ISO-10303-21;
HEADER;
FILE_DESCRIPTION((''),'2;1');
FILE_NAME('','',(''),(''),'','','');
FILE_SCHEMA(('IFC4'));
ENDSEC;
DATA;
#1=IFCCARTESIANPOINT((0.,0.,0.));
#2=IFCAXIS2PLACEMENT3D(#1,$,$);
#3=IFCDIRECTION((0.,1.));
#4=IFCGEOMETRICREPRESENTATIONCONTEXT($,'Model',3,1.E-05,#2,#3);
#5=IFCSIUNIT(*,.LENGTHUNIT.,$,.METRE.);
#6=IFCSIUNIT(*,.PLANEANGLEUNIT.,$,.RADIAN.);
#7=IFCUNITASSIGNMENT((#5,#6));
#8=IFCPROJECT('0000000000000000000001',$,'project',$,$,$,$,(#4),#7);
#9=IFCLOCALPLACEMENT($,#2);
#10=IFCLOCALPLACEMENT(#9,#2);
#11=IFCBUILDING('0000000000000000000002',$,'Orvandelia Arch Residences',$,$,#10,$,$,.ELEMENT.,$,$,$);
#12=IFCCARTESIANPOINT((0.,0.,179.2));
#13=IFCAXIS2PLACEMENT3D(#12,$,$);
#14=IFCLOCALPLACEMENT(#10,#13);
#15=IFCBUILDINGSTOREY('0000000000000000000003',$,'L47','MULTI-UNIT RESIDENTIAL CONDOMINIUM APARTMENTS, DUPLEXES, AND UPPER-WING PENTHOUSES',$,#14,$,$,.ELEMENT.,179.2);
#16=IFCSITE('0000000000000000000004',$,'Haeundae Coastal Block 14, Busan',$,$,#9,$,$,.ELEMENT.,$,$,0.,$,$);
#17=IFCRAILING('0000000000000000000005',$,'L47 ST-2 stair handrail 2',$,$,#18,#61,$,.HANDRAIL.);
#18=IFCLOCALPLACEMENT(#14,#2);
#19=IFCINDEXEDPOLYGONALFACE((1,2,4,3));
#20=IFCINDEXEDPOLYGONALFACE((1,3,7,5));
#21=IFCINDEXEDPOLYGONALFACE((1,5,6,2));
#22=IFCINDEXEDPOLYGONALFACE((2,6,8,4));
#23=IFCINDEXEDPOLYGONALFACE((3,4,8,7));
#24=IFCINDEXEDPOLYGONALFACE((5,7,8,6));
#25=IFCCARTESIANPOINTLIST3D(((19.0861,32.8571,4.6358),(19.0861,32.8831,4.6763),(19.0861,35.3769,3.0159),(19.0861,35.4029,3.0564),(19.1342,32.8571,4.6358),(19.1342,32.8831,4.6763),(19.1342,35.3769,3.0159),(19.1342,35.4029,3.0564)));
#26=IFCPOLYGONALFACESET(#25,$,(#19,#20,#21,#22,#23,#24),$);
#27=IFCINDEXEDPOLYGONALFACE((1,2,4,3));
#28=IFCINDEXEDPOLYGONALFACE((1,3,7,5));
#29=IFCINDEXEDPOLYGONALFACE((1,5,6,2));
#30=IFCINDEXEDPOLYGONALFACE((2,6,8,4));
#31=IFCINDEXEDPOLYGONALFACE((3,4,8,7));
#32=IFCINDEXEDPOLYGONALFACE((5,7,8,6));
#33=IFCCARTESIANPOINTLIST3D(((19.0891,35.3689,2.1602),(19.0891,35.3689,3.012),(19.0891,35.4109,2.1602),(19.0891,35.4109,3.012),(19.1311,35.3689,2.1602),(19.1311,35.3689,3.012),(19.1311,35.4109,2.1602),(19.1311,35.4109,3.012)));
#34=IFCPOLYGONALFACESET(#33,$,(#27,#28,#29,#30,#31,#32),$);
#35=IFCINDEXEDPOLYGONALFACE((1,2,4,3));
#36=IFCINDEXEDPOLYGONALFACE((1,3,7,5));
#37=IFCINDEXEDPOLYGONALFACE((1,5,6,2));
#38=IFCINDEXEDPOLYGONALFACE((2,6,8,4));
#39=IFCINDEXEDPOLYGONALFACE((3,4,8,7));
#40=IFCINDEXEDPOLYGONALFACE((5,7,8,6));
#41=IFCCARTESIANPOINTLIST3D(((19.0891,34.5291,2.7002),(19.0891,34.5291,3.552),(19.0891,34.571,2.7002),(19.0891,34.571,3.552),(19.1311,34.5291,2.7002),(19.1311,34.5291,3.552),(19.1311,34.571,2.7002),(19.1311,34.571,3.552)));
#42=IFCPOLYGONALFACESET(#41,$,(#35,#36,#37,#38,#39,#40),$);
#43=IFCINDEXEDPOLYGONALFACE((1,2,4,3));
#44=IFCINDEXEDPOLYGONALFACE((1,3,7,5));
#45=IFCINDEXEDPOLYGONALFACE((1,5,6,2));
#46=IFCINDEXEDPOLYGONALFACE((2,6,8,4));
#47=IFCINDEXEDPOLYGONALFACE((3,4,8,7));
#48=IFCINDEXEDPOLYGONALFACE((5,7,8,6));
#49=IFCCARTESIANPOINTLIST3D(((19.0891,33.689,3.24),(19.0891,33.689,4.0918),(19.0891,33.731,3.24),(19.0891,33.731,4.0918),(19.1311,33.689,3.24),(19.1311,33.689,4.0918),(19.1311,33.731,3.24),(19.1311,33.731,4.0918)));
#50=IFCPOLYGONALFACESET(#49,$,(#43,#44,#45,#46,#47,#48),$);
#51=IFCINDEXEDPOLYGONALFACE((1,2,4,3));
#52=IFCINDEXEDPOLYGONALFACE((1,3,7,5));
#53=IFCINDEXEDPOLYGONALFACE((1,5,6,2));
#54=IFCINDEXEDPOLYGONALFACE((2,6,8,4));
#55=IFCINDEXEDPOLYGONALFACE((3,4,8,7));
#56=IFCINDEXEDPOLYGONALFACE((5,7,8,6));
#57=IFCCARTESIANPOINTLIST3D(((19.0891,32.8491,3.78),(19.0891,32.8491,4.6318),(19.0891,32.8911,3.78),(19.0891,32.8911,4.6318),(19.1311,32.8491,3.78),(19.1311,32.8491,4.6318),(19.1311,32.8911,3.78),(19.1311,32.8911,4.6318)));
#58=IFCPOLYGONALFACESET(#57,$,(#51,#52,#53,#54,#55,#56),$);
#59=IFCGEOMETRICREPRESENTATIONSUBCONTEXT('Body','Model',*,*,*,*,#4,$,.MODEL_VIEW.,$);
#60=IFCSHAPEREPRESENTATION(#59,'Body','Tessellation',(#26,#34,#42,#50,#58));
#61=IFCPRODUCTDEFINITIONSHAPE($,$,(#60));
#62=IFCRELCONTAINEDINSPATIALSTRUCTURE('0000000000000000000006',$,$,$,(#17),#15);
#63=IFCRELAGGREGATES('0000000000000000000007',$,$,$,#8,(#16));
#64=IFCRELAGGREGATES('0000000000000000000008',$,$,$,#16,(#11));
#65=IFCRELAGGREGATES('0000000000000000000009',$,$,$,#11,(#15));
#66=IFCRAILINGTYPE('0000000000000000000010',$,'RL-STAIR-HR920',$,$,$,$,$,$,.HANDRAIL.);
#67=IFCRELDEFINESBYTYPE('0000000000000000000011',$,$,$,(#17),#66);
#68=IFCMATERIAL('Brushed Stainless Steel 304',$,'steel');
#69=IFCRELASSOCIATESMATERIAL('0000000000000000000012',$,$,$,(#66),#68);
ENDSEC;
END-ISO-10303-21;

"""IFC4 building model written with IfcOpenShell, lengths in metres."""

from ifc_helpers import new_model, si_unit, direction, frame, origin, origin_2d, place, context, subcontext, project, spatial, rectangle, extrude, material, type_object, element, save


model = new_model("IFC4")

# Units and contexts
model_context = context("Model", 3, precision=1e-05, world=origin(), true_north=direction((0.0, 1.0)))
body_context = subcontext(model_context, "Body", "Model", "MODEL_VIEW")
ifc_project = project(units=[si_unit("LENGTHUNIT", "METRE"), si_unit("PLANEANGLEUNIT", "RADIAN")], contexts=[model_context])

# Site, building, storey
site_placement = place(None, origin())
site = spatial("IfcSite", under=ifc_project, at=site_placement, Name="Haeundae Coastal Block 14, Busan", CompositionType="ELEMENT", RefElevation=0.0)
building_placement = place(site_placement, origin())
building = spatial("IfcBuilding", under=site, at=building_placement, Name="Orvandelia Arch Residences", CompositionType="ELEMENT")
storey_placement = place(building_placement, frame((0.0, 0.0, 179.2)))
storey = spatial("IfcBuildingStorey", under=building, at=storey_placement, Name="L47", Description="MULTI-UNIT RESIDENTIAL CONDOMINIUM APARTMENTS, DUPLEXES, AND UPPER-WING PENTHOUSES", CompositionType="ELEMENT", Elevation=179.2)

# Railing
ifc_material_1 = material(Name="Brushed Stainless Steel 304", Category="steel")
railing_type_1 = type_object("IfcRailingType", Name="RL-STAIR-HR920", PredefinedType="HANDRAIL", material=ifc_material_1)
railing_1_placement = place(storey_placement, frame((19.1101, 35.3899, 2.1602)))
element("IfcRailing", 1, at=railing_1_placement, inside=storey, type_object=railing_type_1, Name="L47 ST-2 stair handrail 2", PredefinedType="HANDRAIL", context=body_context, shape_type="SweptSolid", body=[
    extrude(rectangle(XDim=0.0481, YDim=0.0481, at=origin_2d()), frame((0.0, 0.0, 0.876), z_axis=(0.0, -0.841176, 0.540762), x_axis=(1.0, 0.0, 0.0)), (0.0, 0.0, 1.0), 2.9956),
    extrude(rectangle(XDim=0.042, YDim=0.042, at=origin_2d()), origin(), (0.0, 0.0, 1.0), 0.8518),
    extrude(rectangle(XDim=0.042, YDim=0.042, at=origin_2d()), frame((0.0, -0.8398, 0.54)), (0.0, 0.0, 1.0), 0.8518),
    extrude(rectangle(XDim=0.042, YDim=0.042, at=origin_2d()), frame((0.0, -1.6799, 1.0798)), (0.0, 0.0, 1.0), 0.8518),
    extrude(rectangle(XDim=0.042, YDim=0.042, at=origin_2d()), frame((0.0, -2.5198, 1.6199)), (0.0, 0.0, 1.0), 0.8518),
])

save(model, "model.ifc")
